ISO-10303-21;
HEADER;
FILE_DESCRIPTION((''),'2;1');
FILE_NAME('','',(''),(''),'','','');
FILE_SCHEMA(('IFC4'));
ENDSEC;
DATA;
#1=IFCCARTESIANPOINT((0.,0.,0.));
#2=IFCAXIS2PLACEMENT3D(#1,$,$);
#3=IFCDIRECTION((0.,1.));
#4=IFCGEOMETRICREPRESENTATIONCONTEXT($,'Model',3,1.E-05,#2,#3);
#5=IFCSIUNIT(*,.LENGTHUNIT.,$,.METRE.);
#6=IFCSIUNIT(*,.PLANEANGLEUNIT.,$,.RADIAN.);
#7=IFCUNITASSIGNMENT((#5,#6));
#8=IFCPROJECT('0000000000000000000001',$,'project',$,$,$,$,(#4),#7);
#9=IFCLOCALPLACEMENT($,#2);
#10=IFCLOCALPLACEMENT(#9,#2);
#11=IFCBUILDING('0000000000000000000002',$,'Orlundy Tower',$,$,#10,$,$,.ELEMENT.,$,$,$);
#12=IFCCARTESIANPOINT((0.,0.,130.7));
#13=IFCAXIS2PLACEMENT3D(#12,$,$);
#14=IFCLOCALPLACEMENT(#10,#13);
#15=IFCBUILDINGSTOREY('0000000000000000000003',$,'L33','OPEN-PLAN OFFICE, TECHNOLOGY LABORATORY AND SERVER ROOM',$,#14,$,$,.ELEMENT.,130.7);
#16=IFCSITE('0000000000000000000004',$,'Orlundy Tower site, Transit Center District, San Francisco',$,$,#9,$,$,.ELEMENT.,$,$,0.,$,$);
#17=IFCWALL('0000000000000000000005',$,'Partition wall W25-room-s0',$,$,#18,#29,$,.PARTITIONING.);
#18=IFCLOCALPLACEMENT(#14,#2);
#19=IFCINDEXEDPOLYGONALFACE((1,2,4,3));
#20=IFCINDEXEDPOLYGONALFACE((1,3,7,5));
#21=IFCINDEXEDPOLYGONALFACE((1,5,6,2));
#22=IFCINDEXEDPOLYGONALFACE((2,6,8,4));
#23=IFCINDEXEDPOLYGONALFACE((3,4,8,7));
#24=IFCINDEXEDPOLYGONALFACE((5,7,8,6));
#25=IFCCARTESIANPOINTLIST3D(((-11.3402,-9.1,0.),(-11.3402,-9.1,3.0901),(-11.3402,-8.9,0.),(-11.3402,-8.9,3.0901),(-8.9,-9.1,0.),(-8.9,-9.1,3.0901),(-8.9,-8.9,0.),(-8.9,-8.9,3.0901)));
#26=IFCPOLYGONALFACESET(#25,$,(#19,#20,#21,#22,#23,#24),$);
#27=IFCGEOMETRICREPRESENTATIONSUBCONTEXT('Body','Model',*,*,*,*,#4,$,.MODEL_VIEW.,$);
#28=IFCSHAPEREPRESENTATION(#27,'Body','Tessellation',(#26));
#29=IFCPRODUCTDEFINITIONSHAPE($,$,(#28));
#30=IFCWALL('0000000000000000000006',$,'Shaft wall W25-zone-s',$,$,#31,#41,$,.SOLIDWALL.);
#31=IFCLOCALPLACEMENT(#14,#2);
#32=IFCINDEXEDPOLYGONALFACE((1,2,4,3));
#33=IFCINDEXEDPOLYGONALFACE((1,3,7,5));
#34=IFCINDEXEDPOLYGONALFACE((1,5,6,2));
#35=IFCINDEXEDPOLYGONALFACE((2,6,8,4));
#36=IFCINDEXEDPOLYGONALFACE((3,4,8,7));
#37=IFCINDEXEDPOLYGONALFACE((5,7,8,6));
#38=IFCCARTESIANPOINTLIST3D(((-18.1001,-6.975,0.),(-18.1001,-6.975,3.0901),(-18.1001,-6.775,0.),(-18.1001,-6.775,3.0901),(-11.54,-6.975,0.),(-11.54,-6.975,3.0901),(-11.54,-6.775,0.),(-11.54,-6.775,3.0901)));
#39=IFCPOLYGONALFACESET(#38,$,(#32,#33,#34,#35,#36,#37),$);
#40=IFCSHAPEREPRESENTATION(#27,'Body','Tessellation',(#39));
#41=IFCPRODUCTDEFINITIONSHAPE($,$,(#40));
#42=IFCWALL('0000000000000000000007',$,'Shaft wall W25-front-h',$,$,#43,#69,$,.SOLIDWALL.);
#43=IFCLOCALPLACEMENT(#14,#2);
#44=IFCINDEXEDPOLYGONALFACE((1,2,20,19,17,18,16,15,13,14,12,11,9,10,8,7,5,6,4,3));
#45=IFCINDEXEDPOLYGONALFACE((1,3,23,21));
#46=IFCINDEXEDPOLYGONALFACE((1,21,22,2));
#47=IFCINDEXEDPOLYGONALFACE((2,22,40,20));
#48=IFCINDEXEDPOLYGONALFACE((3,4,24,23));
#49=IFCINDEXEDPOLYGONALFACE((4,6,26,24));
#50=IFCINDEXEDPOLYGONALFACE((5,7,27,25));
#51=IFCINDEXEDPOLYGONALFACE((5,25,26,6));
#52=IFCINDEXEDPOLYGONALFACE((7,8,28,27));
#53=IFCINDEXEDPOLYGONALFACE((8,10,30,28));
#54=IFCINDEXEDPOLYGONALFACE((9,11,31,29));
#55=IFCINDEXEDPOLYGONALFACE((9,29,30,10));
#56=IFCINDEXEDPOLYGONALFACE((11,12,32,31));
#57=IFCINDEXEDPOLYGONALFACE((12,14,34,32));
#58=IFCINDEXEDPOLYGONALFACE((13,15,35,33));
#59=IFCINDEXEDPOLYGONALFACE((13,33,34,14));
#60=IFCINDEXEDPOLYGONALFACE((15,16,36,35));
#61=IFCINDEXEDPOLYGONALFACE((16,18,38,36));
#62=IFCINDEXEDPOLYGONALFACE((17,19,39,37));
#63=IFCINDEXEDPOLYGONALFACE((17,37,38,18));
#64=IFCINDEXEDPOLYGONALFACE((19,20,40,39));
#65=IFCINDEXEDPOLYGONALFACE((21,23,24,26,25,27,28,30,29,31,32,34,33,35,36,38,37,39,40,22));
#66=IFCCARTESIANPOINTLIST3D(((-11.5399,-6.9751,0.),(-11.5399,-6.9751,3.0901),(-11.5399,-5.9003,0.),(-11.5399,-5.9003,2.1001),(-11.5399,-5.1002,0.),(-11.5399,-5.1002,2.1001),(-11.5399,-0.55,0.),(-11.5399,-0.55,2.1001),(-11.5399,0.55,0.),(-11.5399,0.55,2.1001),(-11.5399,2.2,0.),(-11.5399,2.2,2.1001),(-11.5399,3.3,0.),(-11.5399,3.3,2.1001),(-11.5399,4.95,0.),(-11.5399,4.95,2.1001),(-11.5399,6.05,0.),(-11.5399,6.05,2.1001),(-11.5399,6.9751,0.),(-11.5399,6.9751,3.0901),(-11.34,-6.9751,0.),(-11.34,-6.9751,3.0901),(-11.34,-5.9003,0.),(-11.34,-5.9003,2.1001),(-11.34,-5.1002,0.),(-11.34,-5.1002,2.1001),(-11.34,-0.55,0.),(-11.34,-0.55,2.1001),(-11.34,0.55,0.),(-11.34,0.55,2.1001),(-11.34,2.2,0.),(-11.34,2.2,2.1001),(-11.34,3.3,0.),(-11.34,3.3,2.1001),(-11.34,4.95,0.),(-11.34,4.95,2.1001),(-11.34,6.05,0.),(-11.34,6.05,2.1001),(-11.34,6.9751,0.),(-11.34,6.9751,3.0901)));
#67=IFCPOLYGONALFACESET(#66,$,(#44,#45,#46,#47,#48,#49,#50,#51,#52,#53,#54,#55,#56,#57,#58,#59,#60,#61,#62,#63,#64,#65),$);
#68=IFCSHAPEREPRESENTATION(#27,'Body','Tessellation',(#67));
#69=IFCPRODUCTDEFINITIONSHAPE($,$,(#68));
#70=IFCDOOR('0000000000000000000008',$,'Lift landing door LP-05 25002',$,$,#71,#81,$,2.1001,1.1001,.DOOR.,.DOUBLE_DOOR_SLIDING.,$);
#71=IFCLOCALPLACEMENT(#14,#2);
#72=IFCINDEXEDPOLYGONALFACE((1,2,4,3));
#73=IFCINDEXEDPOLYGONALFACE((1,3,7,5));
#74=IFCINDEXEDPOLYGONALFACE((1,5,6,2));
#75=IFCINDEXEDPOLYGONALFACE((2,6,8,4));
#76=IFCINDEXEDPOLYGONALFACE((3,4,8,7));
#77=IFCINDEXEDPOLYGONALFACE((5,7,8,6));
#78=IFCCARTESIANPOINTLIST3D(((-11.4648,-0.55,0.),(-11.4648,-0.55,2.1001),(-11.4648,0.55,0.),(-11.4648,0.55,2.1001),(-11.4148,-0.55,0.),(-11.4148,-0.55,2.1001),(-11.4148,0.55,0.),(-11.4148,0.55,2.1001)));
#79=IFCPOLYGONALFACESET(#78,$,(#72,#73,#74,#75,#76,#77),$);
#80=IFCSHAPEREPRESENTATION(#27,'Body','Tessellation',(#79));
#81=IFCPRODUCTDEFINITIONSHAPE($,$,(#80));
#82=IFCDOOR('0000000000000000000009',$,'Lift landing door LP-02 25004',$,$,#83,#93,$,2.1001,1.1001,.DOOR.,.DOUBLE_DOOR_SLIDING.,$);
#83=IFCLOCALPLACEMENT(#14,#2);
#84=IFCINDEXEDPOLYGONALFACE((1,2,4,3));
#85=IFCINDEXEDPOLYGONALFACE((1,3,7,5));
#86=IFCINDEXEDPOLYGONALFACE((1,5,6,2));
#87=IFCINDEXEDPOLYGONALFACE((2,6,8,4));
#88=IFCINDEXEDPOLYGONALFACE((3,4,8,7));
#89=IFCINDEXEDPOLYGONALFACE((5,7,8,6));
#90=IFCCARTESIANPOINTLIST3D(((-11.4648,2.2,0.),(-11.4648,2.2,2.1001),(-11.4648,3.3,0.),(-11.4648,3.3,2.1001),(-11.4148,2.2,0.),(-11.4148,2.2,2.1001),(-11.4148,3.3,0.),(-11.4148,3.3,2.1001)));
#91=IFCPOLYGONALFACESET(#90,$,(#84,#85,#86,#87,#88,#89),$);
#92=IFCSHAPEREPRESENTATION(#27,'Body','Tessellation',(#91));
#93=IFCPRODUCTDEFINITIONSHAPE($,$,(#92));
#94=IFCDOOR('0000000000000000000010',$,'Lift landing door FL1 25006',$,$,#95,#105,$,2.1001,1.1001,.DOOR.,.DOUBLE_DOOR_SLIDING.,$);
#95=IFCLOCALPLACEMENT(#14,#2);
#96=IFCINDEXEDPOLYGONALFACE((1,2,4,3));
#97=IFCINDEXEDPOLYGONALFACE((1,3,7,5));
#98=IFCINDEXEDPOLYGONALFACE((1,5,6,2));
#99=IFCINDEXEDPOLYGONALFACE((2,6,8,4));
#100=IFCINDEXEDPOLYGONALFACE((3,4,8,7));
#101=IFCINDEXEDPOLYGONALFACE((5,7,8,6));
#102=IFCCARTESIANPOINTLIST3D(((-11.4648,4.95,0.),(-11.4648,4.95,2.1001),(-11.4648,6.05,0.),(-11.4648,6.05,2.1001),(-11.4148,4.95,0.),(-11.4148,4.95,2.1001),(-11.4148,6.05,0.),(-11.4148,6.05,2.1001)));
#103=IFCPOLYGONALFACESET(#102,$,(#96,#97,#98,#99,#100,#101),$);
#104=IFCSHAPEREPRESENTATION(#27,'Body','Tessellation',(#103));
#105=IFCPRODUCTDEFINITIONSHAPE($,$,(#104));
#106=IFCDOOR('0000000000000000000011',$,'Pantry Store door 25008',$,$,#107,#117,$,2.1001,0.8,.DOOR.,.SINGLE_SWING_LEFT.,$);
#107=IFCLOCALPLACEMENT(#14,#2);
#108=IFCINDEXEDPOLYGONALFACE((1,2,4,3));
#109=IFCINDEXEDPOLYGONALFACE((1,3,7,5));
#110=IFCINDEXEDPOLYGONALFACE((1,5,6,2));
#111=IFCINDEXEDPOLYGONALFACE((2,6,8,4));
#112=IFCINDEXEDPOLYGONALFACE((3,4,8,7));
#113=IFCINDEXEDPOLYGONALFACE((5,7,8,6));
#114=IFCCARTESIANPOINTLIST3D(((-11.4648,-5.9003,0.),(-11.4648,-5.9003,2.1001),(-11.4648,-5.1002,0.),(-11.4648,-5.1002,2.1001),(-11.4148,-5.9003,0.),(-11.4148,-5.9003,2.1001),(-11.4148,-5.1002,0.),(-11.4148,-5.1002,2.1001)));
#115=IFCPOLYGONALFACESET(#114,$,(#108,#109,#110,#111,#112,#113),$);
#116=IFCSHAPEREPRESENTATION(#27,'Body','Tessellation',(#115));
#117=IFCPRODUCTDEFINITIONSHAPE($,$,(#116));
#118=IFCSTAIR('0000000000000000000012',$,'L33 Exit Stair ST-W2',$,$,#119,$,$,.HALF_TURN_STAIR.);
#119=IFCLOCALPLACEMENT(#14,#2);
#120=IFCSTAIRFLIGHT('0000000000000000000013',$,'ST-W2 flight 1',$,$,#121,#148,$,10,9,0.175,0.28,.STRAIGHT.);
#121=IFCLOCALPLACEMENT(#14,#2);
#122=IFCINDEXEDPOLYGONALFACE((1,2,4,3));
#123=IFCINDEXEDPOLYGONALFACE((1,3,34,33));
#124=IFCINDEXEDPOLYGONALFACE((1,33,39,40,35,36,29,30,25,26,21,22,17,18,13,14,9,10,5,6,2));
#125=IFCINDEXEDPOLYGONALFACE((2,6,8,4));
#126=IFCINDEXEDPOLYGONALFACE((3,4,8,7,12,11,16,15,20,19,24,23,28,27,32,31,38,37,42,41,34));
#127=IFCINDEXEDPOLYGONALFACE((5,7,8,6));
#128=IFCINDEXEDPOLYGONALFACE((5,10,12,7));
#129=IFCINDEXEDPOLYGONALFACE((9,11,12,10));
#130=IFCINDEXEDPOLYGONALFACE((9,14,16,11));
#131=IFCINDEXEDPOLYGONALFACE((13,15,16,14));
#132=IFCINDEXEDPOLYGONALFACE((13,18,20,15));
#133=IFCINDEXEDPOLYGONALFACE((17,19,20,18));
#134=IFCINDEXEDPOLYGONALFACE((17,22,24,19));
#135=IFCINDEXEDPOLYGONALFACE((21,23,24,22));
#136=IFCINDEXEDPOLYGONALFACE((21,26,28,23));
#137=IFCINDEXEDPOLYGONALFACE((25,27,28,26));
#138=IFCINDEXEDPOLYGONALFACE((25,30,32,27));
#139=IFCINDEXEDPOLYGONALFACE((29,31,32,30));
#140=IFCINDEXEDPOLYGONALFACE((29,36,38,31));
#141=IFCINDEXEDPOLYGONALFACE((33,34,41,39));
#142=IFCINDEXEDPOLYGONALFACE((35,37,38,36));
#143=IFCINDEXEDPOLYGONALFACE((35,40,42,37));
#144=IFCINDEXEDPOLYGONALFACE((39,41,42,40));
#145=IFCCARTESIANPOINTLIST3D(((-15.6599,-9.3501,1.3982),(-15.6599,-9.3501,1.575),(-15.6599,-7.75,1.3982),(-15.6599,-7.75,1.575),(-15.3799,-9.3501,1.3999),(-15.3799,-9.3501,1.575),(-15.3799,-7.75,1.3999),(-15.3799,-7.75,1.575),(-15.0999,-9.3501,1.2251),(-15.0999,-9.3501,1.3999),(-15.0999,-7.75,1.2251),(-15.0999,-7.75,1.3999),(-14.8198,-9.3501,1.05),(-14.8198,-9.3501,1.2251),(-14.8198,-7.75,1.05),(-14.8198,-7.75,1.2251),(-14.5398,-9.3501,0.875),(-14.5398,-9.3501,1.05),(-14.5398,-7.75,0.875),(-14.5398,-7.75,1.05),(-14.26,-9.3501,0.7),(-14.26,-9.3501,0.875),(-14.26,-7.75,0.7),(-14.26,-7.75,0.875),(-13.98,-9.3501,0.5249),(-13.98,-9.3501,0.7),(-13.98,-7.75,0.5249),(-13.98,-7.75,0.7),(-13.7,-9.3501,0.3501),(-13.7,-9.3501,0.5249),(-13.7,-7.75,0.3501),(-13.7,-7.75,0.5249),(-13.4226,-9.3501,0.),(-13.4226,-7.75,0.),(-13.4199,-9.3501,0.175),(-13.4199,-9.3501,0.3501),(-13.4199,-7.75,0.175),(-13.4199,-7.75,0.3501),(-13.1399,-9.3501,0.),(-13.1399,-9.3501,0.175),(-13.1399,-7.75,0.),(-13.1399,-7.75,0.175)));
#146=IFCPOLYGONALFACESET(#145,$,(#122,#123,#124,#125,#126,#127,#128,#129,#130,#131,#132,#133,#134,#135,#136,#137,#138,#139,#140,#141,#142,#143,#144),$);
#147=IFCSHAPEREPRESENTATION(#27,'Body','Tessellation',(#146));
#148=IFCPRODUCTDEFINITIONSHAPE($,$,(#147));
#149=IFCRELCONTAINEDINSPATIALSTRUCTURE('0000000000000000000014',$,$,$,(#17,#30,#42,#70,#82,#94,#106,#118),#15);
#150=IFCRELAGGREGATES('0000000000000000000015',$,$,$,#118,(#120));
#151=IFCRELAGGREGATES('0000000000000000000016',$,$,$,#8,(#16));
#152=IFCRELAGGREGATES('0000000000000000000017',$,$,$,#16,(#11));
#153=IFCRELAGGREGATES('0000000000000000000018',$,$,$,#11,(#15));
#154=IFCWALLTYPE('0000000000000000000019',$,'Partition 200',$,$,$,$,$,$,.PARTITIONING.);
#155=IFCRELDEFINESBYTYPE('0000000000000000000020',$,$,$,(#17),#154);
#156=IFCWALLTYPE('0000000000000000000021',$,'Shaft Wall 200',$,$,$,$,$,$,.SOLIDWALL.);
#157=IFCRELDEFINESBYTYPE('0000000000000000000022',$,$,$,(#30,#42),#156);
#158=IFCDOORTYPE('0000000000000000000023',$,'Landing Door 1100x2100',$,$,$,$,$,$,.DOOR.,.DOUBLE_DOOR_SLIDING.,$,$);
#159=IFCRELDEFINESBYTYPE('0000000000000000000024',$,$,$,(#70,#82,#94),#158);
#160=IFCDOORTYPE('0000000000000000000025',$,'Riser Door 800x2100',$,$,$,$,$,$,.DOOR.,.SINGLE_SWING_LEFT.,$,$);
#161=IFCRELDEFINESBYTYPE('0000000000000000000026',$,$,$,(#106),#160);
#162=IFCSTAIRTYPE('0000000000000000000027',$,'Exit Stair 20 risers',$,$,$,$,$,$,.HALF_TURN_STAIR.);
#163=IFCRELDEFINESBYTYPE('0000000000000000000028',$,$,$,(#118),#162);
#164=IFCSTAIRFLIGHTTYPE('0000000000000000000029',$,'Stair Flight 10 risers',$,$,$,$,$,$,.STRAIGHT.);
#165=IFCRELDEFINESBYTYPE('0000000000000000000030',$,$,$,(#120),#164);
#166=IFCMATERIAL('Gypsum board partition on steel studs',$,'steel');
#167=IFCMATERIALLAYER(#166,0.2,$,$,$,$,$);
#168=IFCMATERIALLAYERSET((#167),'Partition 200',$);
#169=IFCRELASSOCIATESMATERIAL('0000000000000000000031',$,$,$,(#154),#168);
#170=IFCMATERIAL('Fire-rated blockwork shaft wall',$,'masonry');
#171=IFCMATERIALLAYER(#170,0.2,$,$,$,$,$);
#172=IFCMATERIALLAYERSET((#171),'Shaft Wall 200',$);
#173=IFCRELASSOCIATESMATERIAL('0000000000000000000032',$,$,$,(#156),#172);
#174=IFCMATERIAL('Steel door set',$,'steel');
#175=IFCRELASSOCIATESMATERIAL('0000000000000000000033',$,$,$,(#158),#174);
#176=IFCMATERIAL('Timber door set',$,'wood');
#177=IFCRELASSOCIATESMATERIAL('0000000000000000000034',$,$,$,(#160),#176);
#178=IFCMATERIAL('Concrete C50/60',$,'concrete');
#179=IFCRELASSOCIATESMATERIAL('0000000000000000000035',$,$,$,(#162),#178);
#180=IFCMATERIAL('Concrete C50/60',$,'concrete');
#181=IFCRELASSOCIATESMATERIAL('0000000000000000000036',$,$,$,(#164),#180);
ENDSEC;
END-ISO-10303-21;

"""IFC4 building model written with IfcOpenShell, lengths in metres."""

from ifc_helpers import new_model, si_unit, direction, frame, frame_2d, origin, place, context, subcontext, project, spatial, polyline, rectangle, outline, extrude, material, layer, layer_set, type_object, element, fill, aggregate, save


model = new_model("IFC4")

# Units and contexts
model_context = context("Model", 3, precision=1e-05, world=origin(), true_north=direction((0.0, 1.0)))
body_context = subcontext(model_context, "Body", "Model", "MODEL_VIEW")
ifc_project = project(units=[si_unit("LENGTHUNIT", "METRE"), si_unit("PLANEANGLEUNIT", "RADIAN")], contexts=[model_context])

# Site, building, storey
site_placement = place(None, origin())
site = spatial("IfcSite", under=ifc_project, at=site_placement, Name="Orlundy Tower site, Transit Center District, San Francisco", CompositionType="ELEMENT", RefElevation=0.0)
building_placement = place(site_placement, origin())
building = spatial("IfcBuilding", under=site, at=building_placement, Name="Orlundy Tower", CompositionType="ELEMENT")
storey_placement = place(building_placement, frame((0.0, 0.0, 130.7)))
storey = spatial("IfcBuildingStorey", under=building, at=storey_placement, Name="L33", Description="OPEN-PLAN OFFICE, TECHNOLOGY LABORATORY AND SERVER ROOM", CompositionType="ELEMENT", Elevation=130.7)

# Walls
ifc_material_1 = material(Name="Gypsum board partition on steel studs", Category="steel")
ifc_layer_1 = layer(ifc_material_1, 0.2)
ifc_layer_set_1 = layer_set([ifc_layer_1], Name="Partition 200")
wall_type_1 = type_object("IfcWallType", Name="Partition 200", PredefinedType="PARTITIONING", material=ifc_layer_set_1)
wall_1_placement = place(storey_placement, frame((-8.8999, -9.0, 0.0), z_axis=(0.0, 0.0, 1.0), x_axis=(-1.0, 0.0, 0.0)))
element("IfcWall", 1, at=wall_1_placement, inside=storey, type_object=wall_type_1, Name="Partition wall W25-room-s0", PredefinedType="PARTITIONING", context=body_context, shape_type="SweptSolid", body=[
    extrude(rectangle(XDim=2.4402, YDim=0.2, at=frame_2d((1.2202, 0.0))), origin(), (0.0, 0.0, 1.0), 3.0901),
])
ifc_material_2 = material(Name="Fire-rated blockwork shaft wall", Category="masonry")
ifc_layer_2 = layer(ifc_material_2, 0.2)
ifc_layer_set_2 = layer_set([ifc_layer_2], Name="Shaft Wall 200")
wall_type_2 = type_object("IfcWallType", Name="Shaft Wall 200", PredefinedType="SOLIDWALL", material=ifc_layer_set_2)
wall_2_placement = place(storey_placement, frame((-11.54, -6.875, 0.0), z_axis=(0.0, 0.0, 1.0), x_axis=(-1.0, 0.0, 0.0)))
element("IfcWall", 2, at=wall_2_placement, inside=storey, type_object=wall_type_2, Name="Shaft wall W25-zone-s", PredefinedType="SOLIDWALL", context=body_context, shape_type="SweptSolid", body=[
    extrude(rectangle(XDim=6.5601, YDim=0.2, at=frame_2d((3.28, 0.0))), origin(), (0.0, 0.0, 1.0), 3.0901),
])

# Wall, openings, doors
wall_3_placement = place(storey_placement, frame((-11.4399, -6.9751, 0.0), z_axis=(0.0, 0.0, 1.0), x_axis=(0.0, 1.0, 0.0)))
wall_3 = element("IfcWall", 3, at=wall_3_placement, inside=storey, type_object=wall_type_2, Name="Shaft wall W25-front-h", PredefinedType="SOLIDWALL", context=body_context, shape_type="SweptSolid", body=[
    extrude(rectangle(XDim=13.9502, YDim=0.2, at=frame_2d((6.9751, 0.0))), origin(), (0.0, 0.0, 1.0), 3.0901),
])
opening_1_placement = place(wall_3_placement, frame((6.425, 0.0, 0.0)))
opening_1 = element("IfcOpeningElement", 4, at=opening_1_placement, cuts=wall_3, PredefinedType="OPENING", context=body_context, shape_type="SweptSolid", body=[
    extrude(rectangle(XDim=1.1001, YDim=2.1001, at=frame_2d((0.55, 1.05))), frame((0.0, 0.1101, 0.0), z_axis=(0.0, -1.0, 0.0), x_axis=(1.0, 0.0, 0.0)), (0.0, 0.0, 1.0), 0.2202),
])
opening_2_placement = place(wall_3_placement, frame((9.175, 0.0, 0.0)))
opening_2 = element("IfcOpeningElement", 5, at=opening_2_placement, cuts=wall_3, PredefinedType="OPENING", context=body_context, shape_type="SweptSolid", body=[
    extrude(rectangle(XDim=1.1001, YDim=2.1001, at=frame_2d((0.55, 1.05))), frame((0.0, 0.1101, 0.0), z_axis=(0.0, -1.0, 0.0), x_axis=(1.0, 0.0, 0.0)), (0.0, 0.0, 1.0), 0.2202),
])
opening_3_placement = place(wall_3_placement, frame((11.925, 0.0, 0.0)))
opening_3 = element("IfcOpeningElement", 6, at=opening_3_placement, cuts=wall_3, PredefinedType="OPENING", context=body_context, shape_type="SweptSolid", body=[
    extrude(rectangle(XDim=1.1001, YDim=2.1001, at=frame_2d((0.55, 1.05))), frame((0.0, 0.1101, 0.0), z_axis=(0.0, -1.0, 0.0), x_axis=(1.0, 0.0, 0.0)), (0.0, 0.0, 1.0), 0.2202),
])
opening_4_placement = place(wall_3_placement, frame((1.075, 0.0, 0.0)))
opening_4 = element("IfcOpeningElement", 7, at=opening_4_placement, cuts=wall_3, PredefinedType="OPENING", context=body_context, shape_type="SweptSolid", body=[
    extrude(rectangle(XDim=0.8, YDim=2.1001, at=frame_2d((0.3999, 1.05))), frame((0.0, 0.1101, 0.0), z_axis=(0.0, -1.0, 0.0), x_axis=(1.0, 0.0, 0.0)), (0.0, 0.0, 1.0), 0.2202),
])
ifc_material_3 = material(Name="Steel door set", Category="steel")
door_type_1 = type_object("IfcDoorType", Name="Landing Door 1100x2100", OperationType="DOUBLE_DOOR_SLIDING", PredefinedType="DOOR", material=ifc_material_3)
door_1_placement = place(opening_1_placement, origin())
door_1 = element("IfcDoor", 8, at=door_1_placement, inside=storey, type_object=door_type_1, Name="Lift landing door LP-05 25002", OperationType="DOUBLE_DOOR_SLIDING", OverallHeight=2.1001, OverallWidth=1.1001, PredefinedType="DOOR", context=body_context, shape_type="SweptSolid", body=[
    extrude(rectangle(XDim=1.1001, YDim=2.1001, at=frame_2d((0.55, 1.05))), frame((0.0, 0.0249, 0.0), z_axis=(0.0, -1.0, 0.0), x_axis=(1.0, 0.0, 0.0)), (0.0, 0.0, 1.0), 0.05),
])
fill(opening_1, door_1)
door_2_placement = place(opening_2_placement, origin())
door_2 = element("IfcDoor", 9, at=door_2_placement, inside=storey, type_object=door_type_1, Name="Lift landing door LP-02 25004", OperationType="DOUBLE_DOOR_SLIDING", OverallHeight=2.1001, OverallWidth=1.1001, PredefinedType="DOOR", context=body_context, shape_type="SweptSolid", body=[
    extrude(rectangle(XDim=1.1001, YDim=2.1001, at=frame_2d((0.55, 1.05))), frame((0.0, 0.0249, 0.0), z_axis=(0.0, -1.0, 0.0), x_axis=(1.0, 0.0, 0.0)), (0.0, 0.0, 1.0), 0.05),
])
fill(opening_2, door_2)
door_3_placement = place(opening_3_placement, origin())
door_3 = element("IfcDoor", 10, at=door_3_placement, inside=storey, type_object=door_type_1, Name="Lift landing door FL1 25006", OperationType="DOUBLE_DOOR_SLIDING", OverallHeight=2.1001, OverallWidth=1.1001, PredefinedType="DOOR", context=body_context, shape_type="SweptSolid", body=[
    extrude(rectangle(XDim=1.1001, YDim=2.1001, at=frame_2d((0.55, 1.05))), frame((0.0, 0.0249, 0.0), z_axis=(0.0, -1.0, 0.0), x_axis=(1.0, 0.0, 0.0)), (0.0, 0.0, 1.0), 0.05),
])
fill(opening_3, door_3)
ifc_material_4 = material(Name="Timber door set", Category="wood")
door_type_2 = type_object("IfcDoorType", Name="Riser Door 800x2100", OperationType="SINGLE_SWING_LEFT", PredefinedType="DOOR", material=ifc_material_4)
door_4_placement = place(opening_4_placement, origin())
door_4 = element("IfcDoor", 11, at=door_4_placement, inside=storey, type_object=door_type_2, Name="Pantry Store door 25008", OperationType="SINGLE_SWING_LEFT", OverallHeight=2.1001, OverallWidth=0.8, PredefinedType="DOOR", context=body_context, shape_type="SweptSolid", body=[
    extrude(rectangle(XDim=0.8, YDim=2.1001, at=frame_2d((0.3999, 1.05))), frame((0.0, 0.0249, 0.0), z_axis=(0.0, -1.0, 0.0), x_axis=(1.0, 0.0, 0.0)), (0.0, 0.0, 1.0), 0.05),
])
fill(opening_4, door_4)

# Stair, stair flight
ifc_material_5 = material(Name="Concrete C50/60", Category="concrete")
stair_type = type_object("IfcStairType", Name="Exit Stair 20 risers", PredefinedType="HALF_TURN_STAIR", material=ifc_material_5)
stair_placement = place(storey_placement, origin())
stair = element("IfcStair", 12, at=stair_placement, inside=storey, type_object=stair_type, Name="L33 Exit Stair ST-W2", PredefinedType="HALF_TURN_STAIR")
ifc_material_6 = material(Name="Concrete C50/60", Category="concrete")
stair_flight_type = type_object("IfcStairFlightType", Name="Stair Flight 10 risers", PredefinedType="STRAIGHT", material=ifc_material_6)
stair_flight_placement = place(storey_placement, frame((-13.1399, -8.55, 0.0), z_axis=(0.0, 0.0, 1.0), x_axis=(-1.0, 0.0, 0.0)))
stair_flight = element("IfcStairFlight", 13, at=stair_flight_placement, type_object=stair_flight_type, Name="ST-W2 flight 1", NumberOfRisers=10, NumberOfTreads=9, PredefinedType="STRAIGHT", RiserHeight=0.175, TreadLength=0.28, context=body_context, shape_type="SweptSolid", body=[
    extrude(outline(polyline([(0.0, 0.0), (0.0, 0.175), (0.28, 0.175), (0.28, 0.3501), (0.5601, 0.3501), (0.5601, 0.5249), (0.8401, 0.5249), (0.8401, 0.7), (1.1201, 0.7), (1.1201, 0.875), (1.3999, 0.875), (1.3999, 1.05), (1.6799, 1.05), (1.6799, 1.2251), (1.96, 1.2251), (1.96, 1.3999), (2.24, 1.3999), (2.24, 1.575), (2.52, 1.575), (2.52, 1.75), (2.52, 1.3982), (0.2827, 0.0), (0.0, 0.0)])), frame((0.0, 0.8, 0.0), z_axis=(0.0, -1.0, 0.0), x_axis=(1.0, 0.0, 0.0)), (0.0, 0.0, 1.0), 1.6001),
])
aggregate(stair, [stair_flight])

save(model, "model.ifc")
